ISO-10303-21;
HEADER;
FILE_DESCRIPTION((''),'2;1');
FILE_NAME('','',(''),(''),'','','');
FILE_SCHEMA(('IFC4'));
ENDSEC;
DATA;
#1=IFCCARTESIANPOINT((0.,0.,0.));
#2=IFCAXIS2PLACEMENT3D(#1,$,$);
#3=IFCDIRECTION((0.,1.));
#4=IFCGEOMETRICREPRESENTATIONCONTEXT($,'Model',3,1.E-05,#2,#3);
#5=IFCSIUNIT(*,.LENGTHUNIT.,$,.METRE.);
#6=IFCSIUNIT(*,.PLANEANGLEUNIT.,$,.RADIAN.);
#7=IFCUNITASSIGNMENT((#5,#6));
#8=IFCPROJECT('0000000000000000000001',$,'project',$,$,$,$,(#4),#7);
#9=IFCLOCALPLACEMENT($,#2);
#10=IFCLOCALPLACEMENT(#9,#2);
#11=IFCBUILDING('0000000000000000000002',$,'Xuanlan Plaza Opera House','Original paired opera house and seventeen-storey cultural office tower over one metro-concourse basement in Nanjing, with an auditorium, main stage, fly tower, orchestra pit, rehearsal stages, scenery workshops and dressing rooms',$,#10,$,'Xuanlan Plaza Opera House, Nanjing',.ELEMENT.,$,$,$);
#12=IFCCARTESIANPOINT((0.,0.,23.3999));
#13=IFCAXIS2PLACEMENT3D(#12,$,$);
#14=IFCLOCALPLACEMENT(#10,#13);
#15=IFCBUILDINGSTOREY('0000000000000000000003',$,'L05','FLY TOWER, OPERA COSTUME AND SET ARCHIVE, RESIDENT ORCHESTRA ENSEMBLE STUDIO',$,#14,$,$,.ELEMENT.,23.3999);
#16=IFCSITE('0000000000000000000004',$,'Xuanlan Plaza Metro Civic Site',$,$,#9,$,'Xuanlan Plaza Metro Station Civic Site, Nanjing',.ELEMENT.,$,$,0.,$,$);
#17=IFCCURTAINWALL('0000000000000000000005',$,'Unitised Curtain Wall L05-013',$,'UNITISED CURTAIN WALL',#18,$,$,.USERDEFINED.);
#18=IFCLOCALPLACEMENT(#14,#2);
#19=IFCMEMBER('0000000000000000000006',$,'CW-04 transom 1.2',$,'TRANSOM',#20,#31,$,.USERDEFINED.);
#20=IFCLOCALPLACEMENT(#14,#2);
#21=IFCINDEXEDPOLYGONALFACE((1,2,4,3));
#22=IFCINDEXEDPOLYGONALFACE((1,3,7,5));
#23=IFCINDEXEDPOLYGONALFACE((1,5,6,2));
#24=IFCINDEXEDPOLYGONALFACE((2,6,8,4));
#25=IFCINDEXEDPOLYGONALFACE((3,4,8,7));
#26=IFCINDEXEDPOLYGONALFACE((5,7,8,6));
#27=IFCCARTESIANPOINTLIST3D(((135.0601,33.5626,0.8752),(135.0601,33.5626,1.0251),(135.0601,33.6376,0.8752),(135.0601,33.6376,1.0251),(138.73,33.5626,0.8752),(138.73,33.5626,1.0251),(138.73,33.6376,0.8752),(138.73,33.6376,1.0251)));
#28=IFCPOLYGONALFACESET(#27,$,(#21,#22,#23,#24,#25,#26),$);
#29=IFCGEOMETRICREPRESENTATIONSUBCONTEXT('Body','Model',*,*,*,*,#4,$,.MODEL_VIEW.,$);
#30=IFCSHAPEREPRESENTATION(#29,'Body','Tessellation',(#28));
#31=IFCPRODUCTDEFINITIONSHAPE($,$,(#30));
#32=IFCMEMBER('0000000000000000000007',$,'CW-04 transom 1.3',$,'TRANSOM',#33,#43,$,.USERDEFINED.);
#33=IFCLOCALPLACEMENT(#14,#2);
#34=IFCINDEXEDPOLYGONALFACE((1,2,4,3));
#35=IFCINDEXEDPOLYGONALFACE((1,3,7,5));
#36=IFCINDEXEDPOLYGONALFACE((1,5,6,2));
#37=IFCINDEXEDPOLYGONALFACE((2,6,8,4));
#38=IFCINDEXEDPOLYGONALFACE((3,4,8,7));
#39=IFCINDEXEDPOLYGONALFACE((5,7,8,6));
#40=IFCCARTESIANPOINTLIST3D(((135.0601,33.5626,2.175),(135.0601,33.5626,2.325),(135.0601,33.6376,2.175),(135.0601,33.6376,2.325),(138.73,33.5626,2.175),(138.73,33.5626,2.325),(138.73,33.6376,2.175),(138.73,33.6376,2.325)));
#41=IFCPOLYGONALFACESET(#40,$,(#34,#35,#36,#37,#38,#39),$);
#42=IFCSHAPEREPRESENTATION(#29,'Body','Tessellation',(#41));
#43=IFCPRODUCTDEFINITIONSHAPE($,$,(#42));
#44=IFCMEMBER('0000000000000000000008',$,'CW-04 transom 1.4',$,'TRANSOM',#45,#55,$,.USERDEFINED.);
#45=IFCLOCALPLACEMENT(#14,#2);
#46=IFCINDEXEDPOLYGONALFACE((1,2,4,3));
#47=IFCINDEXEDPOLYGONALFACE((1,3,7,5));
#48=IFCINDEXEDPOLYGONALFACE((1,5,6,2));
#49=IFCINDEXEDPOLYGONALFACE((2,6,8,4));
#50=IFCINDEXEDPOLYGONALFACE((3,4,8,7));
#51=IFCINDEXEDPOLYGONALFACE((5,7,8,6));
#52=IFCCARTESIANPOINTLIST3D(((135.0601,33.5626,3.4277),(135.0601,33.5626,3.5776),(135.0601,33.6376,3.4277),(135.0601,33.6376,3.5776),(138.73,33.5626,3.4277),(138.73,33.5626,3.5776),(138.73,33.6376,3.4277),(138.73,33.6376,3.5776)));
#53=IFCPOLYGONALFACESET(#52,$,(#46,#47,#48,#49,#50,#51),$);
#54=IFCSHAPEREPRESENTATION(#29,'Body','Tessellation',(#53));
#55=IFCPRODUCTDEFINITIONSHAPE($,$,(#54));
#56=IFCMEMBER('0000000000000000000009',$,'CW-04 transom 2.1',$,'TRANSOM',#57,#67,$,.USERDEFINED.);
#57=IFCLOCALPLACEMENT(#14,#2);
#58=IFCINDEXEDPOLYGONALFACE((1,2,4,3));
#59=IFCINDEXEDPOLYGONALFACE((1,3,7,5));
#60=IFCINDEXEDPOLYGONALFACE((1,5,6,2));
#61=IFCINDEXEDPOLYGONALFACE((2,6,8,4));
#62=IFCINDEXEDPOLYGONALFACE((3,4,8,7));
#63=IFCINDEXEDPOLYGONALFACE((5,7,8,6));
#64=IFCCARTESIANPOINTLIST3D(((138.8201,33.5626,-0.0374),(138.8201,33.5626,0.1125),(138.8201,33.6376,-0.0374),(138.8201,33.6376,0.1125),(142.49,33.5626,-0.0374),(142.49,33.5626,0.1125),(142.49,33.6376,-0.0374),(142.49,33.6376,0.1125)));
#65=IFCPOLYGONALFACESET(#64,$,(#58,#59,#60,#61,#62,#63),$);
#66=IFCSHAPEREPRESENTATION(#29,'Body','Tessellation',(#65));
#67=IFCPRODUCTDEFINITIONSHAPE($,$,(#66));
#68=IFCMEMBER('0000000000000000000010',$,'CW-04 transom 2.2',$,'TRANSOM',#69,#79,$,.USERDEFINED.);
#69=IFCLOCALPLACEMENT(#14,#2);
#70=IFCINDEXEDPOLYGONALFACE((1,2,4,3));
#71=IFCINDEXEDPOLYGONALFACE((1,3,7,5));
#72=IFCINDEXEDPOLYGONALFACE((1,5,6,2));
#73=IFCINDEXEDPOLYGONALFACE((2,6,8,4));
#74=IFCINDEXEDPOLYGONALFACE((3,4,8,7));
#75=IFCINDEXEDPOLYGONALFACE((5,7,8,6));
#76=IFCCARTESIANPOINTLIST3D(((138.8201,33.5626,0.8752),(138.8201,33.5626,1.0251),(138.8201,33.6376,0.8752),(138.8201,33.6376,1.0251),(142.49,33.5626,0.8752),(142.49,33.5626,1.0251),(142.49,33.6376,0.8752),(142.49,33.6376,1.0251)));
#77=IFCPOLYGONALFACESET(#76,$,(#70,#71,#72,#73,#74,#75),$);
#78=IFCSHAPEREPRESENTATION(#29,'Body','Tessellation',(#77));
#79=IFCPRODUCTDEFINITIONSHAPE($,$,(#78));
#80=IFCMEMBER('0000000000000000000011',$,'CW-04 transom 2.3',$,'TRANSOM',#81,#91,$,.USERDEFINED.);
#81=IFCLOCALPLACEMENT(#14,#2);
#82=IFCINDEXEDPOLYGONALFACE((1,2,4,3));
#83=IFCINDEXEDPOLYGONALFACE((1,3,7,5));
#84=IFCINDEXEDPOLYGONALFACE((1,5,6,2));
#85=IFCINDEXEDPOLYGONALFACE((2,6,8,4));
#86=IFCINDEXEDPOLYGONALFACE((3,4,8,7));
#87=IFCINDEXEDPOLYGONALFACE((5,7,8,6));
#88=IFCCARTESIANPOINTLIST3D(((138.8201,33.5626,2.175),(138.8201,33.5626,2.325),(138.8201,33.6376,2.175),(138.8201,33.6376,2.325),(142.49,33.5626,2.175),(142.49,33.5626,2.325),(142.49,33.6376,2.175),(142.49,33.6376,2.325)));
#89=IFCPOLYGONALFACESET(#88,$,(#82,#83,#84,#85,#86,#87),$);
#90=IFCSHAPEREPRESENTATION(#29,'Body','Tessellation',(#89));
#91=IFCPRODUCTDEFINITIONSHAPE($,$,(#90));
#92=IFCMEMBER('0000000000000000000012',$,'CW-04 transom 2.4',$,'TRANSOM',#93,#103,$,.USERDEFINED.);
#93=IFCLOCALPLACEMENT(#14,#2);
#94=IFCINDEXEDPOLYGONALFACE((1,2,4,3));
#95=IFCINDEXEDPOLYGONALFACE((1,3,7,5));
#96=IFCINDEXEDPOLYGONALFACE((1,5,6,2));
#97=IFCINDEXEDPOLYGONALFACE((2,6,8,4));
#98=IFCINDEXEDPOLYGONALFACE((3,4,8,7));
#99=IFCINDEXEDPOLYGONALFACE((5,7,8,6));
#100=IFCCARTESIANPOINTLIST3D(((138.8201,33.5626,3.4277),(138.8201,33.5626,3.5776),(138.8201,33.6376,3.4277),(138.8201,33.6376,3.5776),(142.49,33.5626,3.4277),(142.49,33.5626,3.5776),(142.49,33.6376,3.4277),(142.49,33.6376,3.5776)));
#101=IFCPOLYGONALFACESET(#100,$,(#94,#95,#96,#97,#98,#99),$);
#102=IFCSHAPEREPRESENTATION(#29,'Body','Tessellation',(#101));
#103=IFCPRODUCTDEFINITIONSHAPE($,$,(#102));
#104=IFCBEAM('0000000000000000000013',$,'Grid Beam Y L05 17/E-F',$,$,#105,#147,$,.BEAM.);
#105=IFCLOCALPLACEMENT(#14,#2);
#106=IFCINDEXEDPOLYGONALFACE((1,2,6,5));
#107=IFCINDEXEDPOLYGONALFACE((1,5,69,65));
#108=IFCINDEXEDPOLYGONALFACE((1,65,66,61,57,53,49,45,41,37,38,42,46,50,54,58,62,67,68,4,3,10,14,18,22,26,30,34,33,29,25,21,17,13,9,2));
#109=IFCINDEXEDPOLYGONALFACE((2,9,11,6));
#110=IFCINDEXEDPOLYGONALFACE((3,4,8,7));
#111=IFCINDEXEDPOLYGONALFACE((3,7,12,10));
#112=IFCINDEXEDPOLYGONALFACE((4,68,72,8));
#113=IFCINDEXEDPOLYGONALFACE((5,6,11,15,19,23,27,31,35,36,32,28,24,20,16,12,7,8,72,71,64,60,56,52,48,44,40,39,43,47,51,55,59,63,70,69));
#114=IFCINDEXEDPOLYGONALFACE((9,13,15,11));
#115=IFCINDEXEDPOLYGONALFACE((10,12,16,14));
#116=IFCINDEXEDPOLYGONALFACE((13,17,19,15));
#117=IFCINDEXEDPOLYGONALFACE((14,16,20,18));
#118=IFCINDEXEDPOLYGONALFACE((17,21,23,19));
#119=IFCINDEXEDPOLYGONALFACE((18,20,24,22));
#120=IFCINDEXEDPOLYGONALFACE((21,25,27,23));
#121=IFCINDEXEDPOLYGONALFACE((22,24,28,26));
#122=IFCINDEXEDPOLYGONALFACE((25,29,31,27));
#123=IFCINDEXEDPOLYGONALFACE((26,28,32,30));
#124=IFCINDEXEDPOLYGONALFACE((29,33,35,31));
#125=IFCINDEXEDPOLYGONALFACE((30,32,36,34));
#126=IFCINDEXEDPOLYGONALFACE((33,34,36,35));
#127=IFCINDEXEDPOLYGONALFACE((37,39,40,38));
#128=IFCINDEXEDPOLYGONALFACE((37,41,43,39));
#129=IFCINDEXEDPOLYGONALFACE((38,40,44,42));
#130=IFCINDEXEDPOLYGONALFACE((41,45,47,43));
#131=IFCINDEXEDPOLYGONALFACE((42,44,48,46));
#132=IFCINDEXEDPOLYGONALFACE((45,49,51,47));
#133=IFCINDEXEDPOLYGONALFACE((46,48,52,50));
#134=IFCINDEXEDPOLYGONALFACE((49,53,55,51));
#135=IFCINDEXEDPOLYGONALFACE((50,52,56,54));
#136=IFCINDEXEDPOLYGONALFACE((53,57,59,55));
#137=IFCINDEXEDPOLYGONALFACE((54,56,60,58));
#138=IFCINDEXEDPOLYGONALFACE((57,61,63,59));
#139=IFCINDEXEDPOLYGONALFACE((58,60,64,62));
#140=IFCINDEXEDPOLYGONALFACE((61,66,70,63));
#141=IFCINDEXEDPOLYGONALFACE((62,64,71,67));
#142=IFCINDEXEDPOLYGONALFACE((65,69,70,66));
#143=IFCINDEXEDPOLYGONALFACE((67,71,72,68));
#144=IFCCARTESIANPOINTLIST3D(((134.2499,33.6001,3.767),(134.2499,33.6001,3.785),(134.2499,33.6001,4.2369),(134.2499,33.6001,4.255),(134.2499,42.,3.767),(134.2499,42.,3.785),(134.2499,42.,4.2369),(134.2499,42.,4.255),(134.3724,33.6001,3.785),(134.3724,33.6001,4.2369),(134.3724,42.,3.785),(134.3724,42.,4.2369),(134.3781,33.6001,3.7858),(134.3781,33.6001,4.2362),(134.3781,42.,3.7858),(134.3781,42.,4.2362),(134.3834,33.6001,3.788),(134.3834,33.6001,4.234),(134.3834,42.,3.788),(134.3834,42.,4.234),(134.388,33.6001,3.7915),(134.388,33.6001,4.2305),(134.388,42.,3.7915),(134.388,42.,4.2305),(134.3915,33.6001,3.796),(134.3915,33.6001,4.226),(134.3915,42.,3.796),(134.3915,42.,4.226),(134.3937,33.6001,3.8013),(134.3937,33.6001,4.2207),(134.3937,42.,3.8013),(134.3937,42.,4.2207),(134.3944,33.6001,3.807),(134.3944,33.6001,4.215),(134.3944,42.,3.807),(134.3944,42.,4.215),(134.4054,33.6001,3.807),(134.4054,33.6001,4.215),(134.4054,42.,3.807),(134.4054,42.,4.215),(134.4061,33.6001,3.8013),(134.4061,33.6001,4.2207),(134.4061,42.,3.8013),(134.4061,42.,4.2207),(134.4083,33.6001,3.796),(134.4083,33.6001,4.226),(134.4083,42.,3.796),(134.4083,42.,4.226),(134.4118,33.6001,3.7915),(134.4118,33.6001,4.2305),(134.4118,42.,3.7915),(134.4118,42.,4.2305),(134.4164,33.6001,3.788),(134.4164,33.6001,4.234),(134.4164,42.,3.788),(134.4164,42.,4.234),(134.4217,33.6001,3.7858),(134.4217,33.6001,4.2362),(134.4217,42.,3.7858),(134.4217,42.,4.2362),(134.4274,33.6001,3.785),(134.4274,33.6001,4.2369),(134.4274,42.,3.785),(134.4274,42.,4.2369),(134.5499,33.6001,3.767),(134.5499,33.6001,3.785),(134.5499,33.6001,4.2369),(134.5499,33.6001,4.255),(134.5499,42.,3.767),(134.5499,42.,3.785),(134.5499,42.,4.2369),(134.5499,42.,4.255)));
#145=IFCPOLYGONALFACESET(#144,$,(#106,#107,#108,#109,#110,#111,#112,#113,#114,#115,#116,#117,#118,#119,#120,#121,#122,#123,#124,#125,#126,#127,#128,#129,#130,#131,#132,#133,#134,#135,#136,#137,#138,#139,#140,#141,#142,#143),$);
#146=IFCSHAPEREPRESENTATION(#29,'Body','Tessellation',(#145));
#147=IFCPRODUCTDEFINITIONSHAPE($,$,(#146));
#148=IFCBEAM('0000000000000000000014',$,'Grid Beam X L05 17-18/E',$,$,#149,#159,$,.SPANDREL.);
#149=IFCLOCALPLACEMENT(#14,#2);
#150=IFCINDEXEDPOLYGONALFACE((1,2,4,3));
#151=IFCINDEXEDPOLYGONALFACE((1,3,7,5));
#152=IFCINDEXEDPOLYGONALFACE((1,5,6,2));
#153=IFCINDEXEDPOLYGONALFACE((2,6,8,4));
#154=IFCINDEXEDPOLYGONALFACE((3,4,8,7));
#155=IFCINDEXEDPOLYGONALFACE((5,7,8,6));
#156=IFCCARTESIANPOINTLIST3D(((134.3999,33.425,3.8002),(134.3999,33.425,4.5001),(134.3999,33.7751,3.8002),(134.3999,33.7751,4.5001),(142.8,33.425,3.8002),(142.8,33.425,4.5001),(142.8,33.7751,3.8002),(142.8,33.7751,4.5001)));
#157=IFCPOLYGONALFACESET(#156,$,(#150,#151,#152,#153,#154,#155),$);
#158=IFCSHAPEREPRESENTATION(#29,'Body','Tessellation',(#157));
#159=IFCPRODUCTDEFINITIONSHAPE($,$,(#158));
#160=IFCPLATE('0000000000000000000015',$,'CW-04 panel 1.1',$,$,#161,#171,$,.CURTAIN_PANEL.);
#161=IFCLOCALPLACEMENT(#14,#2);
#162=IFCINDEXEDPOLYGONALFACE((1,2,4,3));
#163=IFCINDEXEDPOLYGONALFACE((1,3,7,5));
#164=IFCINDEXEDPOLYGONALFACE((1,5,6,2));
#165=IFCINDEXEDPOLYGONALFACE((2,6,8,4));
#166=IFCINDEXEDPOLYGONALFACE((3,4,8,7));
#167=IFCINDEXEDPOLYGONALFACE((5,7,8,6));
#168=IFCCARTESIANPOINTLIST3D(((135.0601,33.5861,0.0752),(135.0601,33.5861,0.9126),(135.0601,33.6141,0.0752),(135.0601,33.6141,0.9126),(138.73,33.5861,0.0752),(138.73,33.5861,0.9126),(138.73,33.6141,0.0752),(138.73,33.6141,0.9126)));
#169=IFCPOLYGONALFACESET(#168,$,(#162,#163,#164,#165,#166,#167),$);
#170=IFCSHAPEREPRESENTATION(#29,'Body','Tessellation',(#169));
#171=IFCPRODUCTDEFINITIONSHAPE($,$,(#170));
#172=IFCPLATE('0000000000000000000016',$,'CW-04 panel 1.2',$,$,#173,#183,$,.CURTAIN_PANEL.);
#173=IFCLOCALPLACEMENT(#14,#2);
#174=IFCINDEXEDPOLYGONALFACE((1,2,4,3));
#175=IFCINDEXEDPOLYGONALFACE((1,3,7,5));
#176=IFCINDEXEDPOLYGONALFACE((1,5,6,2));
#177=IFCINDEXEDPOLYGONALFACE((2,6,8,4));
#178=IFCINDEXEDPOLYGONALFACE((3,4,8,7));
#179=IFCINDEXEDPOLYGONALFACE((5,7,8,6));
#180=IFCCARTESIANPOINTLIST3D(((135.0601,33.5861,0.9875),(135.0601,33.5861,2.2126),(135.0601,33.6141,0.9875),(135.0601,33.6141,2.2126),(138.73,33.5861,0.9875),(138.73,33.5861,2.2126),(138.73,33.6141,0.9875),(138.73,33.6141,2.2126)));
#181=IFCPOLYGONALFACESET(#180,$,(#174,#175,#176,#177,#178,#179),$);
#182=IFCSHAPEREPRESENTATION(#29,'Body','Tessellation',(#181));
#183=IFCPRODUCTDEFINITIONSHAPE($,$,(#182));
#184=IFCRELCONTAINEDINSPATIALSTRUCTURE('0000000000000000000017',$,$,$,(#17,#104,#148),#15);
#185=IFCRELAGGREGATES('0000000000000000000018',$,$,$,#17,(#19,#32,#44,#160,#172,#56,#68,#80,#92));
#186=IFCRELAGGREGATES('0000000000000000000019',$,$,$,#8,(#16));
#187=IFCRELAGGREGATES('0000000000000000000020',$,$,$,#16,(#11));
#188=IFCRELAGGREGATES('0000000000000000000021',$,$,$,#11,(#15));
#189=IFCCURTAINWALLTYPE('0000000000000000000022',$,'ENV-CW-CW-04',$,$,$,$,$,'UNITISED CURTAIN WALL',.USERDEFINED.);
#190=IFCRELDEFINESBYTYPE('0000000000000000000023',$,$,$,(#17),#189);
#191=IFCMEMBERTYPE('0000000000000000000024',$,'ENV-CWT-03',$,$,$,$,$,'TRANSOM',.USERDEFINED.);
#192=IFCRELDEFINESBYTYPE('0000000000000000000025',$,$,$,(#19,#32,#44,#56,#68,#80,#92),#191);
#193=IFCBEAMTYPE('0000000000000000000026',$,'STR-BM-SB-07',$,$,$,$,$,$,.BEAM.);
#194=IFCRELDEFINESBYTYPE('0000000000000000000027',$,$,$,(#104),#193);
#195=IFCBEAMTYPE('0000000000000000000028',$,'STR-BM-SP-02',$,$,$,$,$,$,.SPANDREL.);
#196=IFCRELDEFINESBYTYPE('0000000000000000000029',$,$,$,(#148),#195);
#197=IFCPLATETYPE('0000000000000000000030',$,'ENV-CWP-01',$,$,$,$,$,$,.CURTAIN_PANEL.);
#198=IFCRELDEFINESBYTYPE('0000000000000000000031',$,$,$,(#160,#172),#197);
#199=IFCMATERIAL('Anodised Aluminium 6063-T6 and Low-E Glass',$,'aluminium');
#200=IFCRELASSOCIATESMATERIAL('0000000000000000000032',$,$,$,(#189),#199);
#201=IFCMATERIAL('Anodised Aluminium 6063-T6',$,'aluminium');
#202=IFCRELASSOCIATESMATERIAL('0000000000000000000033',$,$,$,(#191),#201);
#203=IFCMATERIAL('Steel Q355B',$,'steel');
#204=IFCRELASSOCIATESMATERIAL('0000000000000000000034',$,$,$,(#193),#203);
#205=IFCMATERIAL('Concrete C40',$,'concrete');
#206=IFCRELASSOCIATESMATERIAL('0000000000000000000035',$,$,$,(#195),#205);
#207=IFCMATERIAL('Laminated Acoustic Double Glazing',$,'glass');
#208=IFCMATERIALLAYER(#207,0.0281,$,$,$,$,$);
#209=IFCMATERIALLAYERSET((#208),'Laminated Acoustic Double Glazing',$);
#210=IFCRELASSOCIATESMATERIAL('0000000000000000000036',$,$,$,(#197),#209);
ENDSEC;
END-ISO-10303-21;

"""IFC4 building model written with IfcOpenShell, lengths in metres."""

from ifc_helpers import new_model, si_unit, direction, frame, origin, origin_2d, place, context, subcontext, project, spatial, rectangle, i_section, extrude, material, layer, layer_set, material_profile, profile_set, type_object, element, aggregate, save


model = new_model("IFC4")

# Units and contexts
model_context = context("Model", 3, precision=1e-05, world=origin(), true_north=direction((0.0, 1.0)))
body_context = subcontext(model_context, "Body", "Model", "MODEL_VIEW")
ifc_project = project(units=[si_unit("LENGTHUNIT", "METRE"), si_unit("PLANEANGLEUNIT", "RADIAN")], contexts=[model_context])

# Site, building, storey
site_placement = place(None, origin())
site = spatial("IfcSite", under=ifc_project, at=site_placement, Name="Xuanlan Plaza Metro Civic Site", LongName="Xuanlan Plaza Metro Station Civic Site, Nanjing", CompositionType="ELEMENT", RefElevation=0.0)
building_placement = place(site_placement, origin())
building = spatial("IfcBuilding", under=site, at=building_placement, Name="Xuanlan Plaza Opera House", Description="Original paired opera house and seventeen-storey cultural office tower over one metro-concourse basement in Nanjing, with an auditorium, main stage, fly tower, orchestra pit, rehearsal stages, scenery workshops and dressing rooms", LongName="Xuanlan Plaza Opera House, Nanjing", CompositionType="ELEMENT")
storey_placement = place(building_placement, frame((0.0, 0.0, 23.3999)))
storey = spatial("IfcBuildingStorey", under=building, at=storey_placement, Name="L05", Description="FLY TOWER, OPERA COSTUME AND SET ARCHIVE, RESIDENT ORCHESTRA ENSEMBLE STUDIO", CompositionType="ELEMENT", Elevation=23.3999)

# Curtain wall
ifc_material_1 = material(Name="Anodised Aluminium 6063-T6 and Low-E Glass", Category="aluminium")
ifc_material_2 = material(Name="Anodised Aluminium 6063-T6", Category="aluminium")
curtain_wall_type_1 = type_object("IfcCurtainWallType", Name="ENV-CW-CW-04", ElementType="UNITISED CURTAIN WALL", PredefinedType="USERDEFINED", material=ifc_material_1)
curtain_wall_1_placement = place(storey_placement, origin())
curtain_wall_1 = element("IfcCurtainWall", 1, at=curtain_wall_1_placement, inside=storey, type_object=curtain_wall_type_1, Name="Unitised Curtain Wall L05-013", ObjectType="UNITISED CURTAIN WALL", PredefinedType="USERDEFINED")

# Members
ifc_material_profile_1 = material_profile(ifc_material_2, rectangle(XDim=0.075, YDim=0.1499, at=origin_2d()), Name="ALU-T 75x150")
ifc_profile_set_1 = profile_set([ifc_material_profile_1], Name="Anodised Aluminium 6063-T6")
member_type_1 = type_object("IfcMemberType", Name="ENV-CWT-03", ElementType="TRANSOM", PredefinedType="USERDEFINED", material=ifc_profile_set_1)
member_1_placement = place(storey_placement, frame((135.0601, 33.6001, 0.9502), z_axis=(1.0, 0.0, 0.0), x_axis=(0.0, 1.0, 0.0)))
member_1 = element("IfcMember", 2, at=member_1_placement, type_object=member_type_1, Name="CW-04 transom 1.2", ObjectType="TRANSOM", PredefinedType="USERDEFINED", context=body_context, shape_type="SweptSolid", body=[
    extrude(rectangle(XDim=0.075, YDim=0.1499, at=origin_2d()), origin(), (0.0, 0.0, 1.0), 3.6699),
])
member_2_placement = place(storey_placement, frame((135.0601, 33.6001, 2.25), z_axis=(1.0, 0.0, 0.0), x_axis=(0.0, 1.0, 0.0)))
member_2 = element("IfcMember", 3, at=member_2_placement, type_object=member_type_1, Name="CW-04 transom 1.3", ObjectType="TRANSOM", PredefinedType="USERDEFINED", context=body_context, shape_type="SweptSolid", body=[
    extrude(rectangle(XDim=0.075, YDim=0.1499, at=origin_2d()), origin(), (0.0, 0.0, 1.0), 3.6699),
])
member_3_placement = place(storey_placement, frame((135.0601, 33.6001, 3.5027), z_axis=(1.0, 0.0, 0.0), x_axis=(0.0, 1.0, 0.0)))
member_3 = element("IfcMember", 4, at=member_3_placement, type_object=member_type_1, Name="CW-04 transom 1.4", ObjectType="TRANSOM", PredefinedType="USERDEFINED", context=body_context, shape_type="SweptSolid", body=[
    extrude(rectangle(XDim=0.075, YDim=0.1499, at=origin_2d()), origin(), (0.0, 0.0, 1.0), 3.6699),
])
member_4_placement = place(storey_placement, frame((138.8201, 33.6001, 0.0376), z_axis=(1.0, 0.0, 0.0), x_axis=(0.0, 1.0, 0.0)))
member_4 = element("IfcMember", 5, at=member_4_placement, type_object=member_type_1, Name="CW-04 transom 2.1", ObjectType="TRANSOM", PredefinedType="USERDEFINED", context=body_context, shape_type="SweptSolid", body=[
    extrude(rectangle(XDim=0.075, YDim=0.1499, at=origin_2d()), origin(), (0.0, 0.0, 1.0), 3.6699),
])
member_5_placement = place(storey_placement, frame((138.8201, 33.6001, 0.9502), z_axis=(1.0, 0.0, 0.0), x_axis=(0.0, 1.0, 0.0)))
member_5 = element("IfcMember", 6, at=member_5_placement, type_object=member_type_1, Name="CW-04 transom 2.2", ObjectType="TRANSOM", PredefinedType="USERDEFINED", context=body_context, shape_type="SweptSolid", body=[
    extrude(rectangle(XDim=0.075, YDim=0.1499, at=origin_2d()), origin(), (0.0, 0.0, 1.0), 3.6699),
])
member_6_placement = place(storey_placement, frame((138.8201, 33.6001, 2.25), z_axis=(1.0, 0.0, 0.0), x_axis=(0.0, 1.0, 0.0)))
member_6 = element("IfcMember", 7, at=member_6_placement, type_object=member_type_1, Name="CW-04 transom 2.3", ObjectType="TRANSOM", PredefinedType="USERDEFINED", context=body_context, shape_type="SweptSolid", body=[
    extrude(rectangle(XDim=0.075, YDim=0.1499, at=origin_2d()), origin(), (0.0, 0.0, 1.0), 3.6699),
])
member_7_placement = place(storey_placement, frame((138.8201, 33.6001, 3.5027), z_axis=(1.0, 0.0, 0.0), x_axis=(0.0, 1.0, 0.0)))
member_7 = element("IfcMember", 8, at=member_7_placement, type_object=member_type_1, Name="CW-04 transom 2.4", ObjectType="TRANSOM", PredefinedType="USERDEFINED", context=body_context, shape_type="SweptSolid", body=[
    extrude(rectangle(XDim=0.075, YDim=0.1499, at=origin_2d()), origin(), (0.0, 0.0, 1.0), 3.6699),
])

# Beams
ifc_material_3 = material(Name="Steel Q355B", Category="steel")
ifc_material_profile_2 = material_profile(ifc_material_3, i_section(OverallWidth=0.3, OverallDepth=0.488, WebThickness=0.011, FlangeThickness=0.0181, FilletRadius=0.022, at=origin_2d()), Name="HM 488x300x11x18")
ifc_profile_set_2 = profile_set([ifc_material_profile_2], Name="Steel Q355B")
beam_type_1 = type_object("IfcBeamType", Name="STR-BM-SB-07", PredefinedType="BEAM", material=ifc_profile_set_2)
beam_1_placement = place(storey_placement, frame((134.3999, 33.6001, 4.011), z_axis=(0.0, 1.0, 0.0), x_axis=(-1.0, 0.0, 0.0)))
element("IfcBeam", 9, at=beam_1_placement, inside=storey, type_object=beam_type_1, Name="Grid Beam Y L05 17/E-F", PredefinedType="BEAM", context=body_context, shape_type="SweptSolid", body=[
    extrude(i_section(OverallWidth=0.3, OverallDepth=0.488, WebThickness=0.011, FlangeThickness=0.0181, FilletRadius=0.022, at=origin_2d()), origin(), (0.0, 0.0, 1.0), 8.3999),
])
ifc_material_4 = material(Name="Concrete C40", Category="concrete")
ifc_material_profile_3 = material_profile(ifc_material_4, rectangle(XDim=0.3501, YDim=0.7, at=origin_2d()), Name="RC-SPD 350x700")
ifc_profile_set_3 = profile_set([ifc_material_profile_3], Name="Concrete C40")
beam_type_2 = type_object("IfcBeamType", Name="STR-BM-SP-02", PredefinedType="SPANDREL", material=ifc_profile_set_3)
beam_2_placement = place(storey_placement, frame((134.3999, 33.6001, 4.1501), z_axis=(1.0, 0.0, 0.0), x_axis=(0.0, 1.0, 0.0)))
element("IfcBeam", 10, at=beam_2_placement, inside=storey, type_object=beam_type_2, Name="Grid Beam X L05 17-18/E", PredefinedType="SPANDREL", context=body_context, shape_type="SweptSolid", body=[
    extrude(rectangle(XDim=0.3501, YDim=0.7, at=origin_2d()), origin(), (0.0, 0.0, 1.0), 8.4001),
])

# Plates
ifc_material_5 = material(Name="Laminated Acoustic Double Glazing", Category="glass")
ifc_layer_1 = layer(ifc_material_5, 0.0281)
ifc_layer_set_1 = layer_set([ifc_layer_1], Name="Laminated Acoustic Double Glazing")
plate_type_1 = type_object("IfcPlateType", Name="ENV-CWP-01", PredefinedType="CURTAIN_PANEL", material=ifc_layer_set_1)
plate_1_placement = place(storey_placement, frame((136.895, 33.6001, 0.0752), z_axis=(0.0, 0.0, 1.0), x_axis=(1.0, 0.0, 0.0)))
plate_1 = element("IfcPlate", 11, at=plate_1_placement, type_object=plate_type_1, Name="CW-04 panel 1.1", PredefinedType="CURTAIN_PANEL", context=body_context, shape_type="SweptSolid", body=[
    extrude(rectangle(XDim=3.6699, YDim=0.0281, at=origin_2d()), origin(), (0.0, 0.0, 1.0), 0.8374),
])
plate_2_placement = place(storey_placement, frame((136.895, 33.6001, 0.9875), z_axis=(0.0, 0.0, 1.0), x_axis=(1.0, 0.0, 0.0)))
plate_2 = element("IfcPlate", 12, at=plate_2_placement, type_object=plate_type_1, Name="CW-04 panel 1.2", PredefinedType="CURTAIN_PANEL", context=body_context, shape_type="SweptSolid", body=[
    extrude(rectangle(XDim=3.6699, YDim=0.0281, at=origin_2d()), origin(), (0.0, 0.0, 1.0), 1.2251),
])
aggregate(curtain_wall_1, [member_1, member_2, member_3, plate_1, plate_2, member_4, member_5, member_6, member_7])

save(model, "model.ifc")
